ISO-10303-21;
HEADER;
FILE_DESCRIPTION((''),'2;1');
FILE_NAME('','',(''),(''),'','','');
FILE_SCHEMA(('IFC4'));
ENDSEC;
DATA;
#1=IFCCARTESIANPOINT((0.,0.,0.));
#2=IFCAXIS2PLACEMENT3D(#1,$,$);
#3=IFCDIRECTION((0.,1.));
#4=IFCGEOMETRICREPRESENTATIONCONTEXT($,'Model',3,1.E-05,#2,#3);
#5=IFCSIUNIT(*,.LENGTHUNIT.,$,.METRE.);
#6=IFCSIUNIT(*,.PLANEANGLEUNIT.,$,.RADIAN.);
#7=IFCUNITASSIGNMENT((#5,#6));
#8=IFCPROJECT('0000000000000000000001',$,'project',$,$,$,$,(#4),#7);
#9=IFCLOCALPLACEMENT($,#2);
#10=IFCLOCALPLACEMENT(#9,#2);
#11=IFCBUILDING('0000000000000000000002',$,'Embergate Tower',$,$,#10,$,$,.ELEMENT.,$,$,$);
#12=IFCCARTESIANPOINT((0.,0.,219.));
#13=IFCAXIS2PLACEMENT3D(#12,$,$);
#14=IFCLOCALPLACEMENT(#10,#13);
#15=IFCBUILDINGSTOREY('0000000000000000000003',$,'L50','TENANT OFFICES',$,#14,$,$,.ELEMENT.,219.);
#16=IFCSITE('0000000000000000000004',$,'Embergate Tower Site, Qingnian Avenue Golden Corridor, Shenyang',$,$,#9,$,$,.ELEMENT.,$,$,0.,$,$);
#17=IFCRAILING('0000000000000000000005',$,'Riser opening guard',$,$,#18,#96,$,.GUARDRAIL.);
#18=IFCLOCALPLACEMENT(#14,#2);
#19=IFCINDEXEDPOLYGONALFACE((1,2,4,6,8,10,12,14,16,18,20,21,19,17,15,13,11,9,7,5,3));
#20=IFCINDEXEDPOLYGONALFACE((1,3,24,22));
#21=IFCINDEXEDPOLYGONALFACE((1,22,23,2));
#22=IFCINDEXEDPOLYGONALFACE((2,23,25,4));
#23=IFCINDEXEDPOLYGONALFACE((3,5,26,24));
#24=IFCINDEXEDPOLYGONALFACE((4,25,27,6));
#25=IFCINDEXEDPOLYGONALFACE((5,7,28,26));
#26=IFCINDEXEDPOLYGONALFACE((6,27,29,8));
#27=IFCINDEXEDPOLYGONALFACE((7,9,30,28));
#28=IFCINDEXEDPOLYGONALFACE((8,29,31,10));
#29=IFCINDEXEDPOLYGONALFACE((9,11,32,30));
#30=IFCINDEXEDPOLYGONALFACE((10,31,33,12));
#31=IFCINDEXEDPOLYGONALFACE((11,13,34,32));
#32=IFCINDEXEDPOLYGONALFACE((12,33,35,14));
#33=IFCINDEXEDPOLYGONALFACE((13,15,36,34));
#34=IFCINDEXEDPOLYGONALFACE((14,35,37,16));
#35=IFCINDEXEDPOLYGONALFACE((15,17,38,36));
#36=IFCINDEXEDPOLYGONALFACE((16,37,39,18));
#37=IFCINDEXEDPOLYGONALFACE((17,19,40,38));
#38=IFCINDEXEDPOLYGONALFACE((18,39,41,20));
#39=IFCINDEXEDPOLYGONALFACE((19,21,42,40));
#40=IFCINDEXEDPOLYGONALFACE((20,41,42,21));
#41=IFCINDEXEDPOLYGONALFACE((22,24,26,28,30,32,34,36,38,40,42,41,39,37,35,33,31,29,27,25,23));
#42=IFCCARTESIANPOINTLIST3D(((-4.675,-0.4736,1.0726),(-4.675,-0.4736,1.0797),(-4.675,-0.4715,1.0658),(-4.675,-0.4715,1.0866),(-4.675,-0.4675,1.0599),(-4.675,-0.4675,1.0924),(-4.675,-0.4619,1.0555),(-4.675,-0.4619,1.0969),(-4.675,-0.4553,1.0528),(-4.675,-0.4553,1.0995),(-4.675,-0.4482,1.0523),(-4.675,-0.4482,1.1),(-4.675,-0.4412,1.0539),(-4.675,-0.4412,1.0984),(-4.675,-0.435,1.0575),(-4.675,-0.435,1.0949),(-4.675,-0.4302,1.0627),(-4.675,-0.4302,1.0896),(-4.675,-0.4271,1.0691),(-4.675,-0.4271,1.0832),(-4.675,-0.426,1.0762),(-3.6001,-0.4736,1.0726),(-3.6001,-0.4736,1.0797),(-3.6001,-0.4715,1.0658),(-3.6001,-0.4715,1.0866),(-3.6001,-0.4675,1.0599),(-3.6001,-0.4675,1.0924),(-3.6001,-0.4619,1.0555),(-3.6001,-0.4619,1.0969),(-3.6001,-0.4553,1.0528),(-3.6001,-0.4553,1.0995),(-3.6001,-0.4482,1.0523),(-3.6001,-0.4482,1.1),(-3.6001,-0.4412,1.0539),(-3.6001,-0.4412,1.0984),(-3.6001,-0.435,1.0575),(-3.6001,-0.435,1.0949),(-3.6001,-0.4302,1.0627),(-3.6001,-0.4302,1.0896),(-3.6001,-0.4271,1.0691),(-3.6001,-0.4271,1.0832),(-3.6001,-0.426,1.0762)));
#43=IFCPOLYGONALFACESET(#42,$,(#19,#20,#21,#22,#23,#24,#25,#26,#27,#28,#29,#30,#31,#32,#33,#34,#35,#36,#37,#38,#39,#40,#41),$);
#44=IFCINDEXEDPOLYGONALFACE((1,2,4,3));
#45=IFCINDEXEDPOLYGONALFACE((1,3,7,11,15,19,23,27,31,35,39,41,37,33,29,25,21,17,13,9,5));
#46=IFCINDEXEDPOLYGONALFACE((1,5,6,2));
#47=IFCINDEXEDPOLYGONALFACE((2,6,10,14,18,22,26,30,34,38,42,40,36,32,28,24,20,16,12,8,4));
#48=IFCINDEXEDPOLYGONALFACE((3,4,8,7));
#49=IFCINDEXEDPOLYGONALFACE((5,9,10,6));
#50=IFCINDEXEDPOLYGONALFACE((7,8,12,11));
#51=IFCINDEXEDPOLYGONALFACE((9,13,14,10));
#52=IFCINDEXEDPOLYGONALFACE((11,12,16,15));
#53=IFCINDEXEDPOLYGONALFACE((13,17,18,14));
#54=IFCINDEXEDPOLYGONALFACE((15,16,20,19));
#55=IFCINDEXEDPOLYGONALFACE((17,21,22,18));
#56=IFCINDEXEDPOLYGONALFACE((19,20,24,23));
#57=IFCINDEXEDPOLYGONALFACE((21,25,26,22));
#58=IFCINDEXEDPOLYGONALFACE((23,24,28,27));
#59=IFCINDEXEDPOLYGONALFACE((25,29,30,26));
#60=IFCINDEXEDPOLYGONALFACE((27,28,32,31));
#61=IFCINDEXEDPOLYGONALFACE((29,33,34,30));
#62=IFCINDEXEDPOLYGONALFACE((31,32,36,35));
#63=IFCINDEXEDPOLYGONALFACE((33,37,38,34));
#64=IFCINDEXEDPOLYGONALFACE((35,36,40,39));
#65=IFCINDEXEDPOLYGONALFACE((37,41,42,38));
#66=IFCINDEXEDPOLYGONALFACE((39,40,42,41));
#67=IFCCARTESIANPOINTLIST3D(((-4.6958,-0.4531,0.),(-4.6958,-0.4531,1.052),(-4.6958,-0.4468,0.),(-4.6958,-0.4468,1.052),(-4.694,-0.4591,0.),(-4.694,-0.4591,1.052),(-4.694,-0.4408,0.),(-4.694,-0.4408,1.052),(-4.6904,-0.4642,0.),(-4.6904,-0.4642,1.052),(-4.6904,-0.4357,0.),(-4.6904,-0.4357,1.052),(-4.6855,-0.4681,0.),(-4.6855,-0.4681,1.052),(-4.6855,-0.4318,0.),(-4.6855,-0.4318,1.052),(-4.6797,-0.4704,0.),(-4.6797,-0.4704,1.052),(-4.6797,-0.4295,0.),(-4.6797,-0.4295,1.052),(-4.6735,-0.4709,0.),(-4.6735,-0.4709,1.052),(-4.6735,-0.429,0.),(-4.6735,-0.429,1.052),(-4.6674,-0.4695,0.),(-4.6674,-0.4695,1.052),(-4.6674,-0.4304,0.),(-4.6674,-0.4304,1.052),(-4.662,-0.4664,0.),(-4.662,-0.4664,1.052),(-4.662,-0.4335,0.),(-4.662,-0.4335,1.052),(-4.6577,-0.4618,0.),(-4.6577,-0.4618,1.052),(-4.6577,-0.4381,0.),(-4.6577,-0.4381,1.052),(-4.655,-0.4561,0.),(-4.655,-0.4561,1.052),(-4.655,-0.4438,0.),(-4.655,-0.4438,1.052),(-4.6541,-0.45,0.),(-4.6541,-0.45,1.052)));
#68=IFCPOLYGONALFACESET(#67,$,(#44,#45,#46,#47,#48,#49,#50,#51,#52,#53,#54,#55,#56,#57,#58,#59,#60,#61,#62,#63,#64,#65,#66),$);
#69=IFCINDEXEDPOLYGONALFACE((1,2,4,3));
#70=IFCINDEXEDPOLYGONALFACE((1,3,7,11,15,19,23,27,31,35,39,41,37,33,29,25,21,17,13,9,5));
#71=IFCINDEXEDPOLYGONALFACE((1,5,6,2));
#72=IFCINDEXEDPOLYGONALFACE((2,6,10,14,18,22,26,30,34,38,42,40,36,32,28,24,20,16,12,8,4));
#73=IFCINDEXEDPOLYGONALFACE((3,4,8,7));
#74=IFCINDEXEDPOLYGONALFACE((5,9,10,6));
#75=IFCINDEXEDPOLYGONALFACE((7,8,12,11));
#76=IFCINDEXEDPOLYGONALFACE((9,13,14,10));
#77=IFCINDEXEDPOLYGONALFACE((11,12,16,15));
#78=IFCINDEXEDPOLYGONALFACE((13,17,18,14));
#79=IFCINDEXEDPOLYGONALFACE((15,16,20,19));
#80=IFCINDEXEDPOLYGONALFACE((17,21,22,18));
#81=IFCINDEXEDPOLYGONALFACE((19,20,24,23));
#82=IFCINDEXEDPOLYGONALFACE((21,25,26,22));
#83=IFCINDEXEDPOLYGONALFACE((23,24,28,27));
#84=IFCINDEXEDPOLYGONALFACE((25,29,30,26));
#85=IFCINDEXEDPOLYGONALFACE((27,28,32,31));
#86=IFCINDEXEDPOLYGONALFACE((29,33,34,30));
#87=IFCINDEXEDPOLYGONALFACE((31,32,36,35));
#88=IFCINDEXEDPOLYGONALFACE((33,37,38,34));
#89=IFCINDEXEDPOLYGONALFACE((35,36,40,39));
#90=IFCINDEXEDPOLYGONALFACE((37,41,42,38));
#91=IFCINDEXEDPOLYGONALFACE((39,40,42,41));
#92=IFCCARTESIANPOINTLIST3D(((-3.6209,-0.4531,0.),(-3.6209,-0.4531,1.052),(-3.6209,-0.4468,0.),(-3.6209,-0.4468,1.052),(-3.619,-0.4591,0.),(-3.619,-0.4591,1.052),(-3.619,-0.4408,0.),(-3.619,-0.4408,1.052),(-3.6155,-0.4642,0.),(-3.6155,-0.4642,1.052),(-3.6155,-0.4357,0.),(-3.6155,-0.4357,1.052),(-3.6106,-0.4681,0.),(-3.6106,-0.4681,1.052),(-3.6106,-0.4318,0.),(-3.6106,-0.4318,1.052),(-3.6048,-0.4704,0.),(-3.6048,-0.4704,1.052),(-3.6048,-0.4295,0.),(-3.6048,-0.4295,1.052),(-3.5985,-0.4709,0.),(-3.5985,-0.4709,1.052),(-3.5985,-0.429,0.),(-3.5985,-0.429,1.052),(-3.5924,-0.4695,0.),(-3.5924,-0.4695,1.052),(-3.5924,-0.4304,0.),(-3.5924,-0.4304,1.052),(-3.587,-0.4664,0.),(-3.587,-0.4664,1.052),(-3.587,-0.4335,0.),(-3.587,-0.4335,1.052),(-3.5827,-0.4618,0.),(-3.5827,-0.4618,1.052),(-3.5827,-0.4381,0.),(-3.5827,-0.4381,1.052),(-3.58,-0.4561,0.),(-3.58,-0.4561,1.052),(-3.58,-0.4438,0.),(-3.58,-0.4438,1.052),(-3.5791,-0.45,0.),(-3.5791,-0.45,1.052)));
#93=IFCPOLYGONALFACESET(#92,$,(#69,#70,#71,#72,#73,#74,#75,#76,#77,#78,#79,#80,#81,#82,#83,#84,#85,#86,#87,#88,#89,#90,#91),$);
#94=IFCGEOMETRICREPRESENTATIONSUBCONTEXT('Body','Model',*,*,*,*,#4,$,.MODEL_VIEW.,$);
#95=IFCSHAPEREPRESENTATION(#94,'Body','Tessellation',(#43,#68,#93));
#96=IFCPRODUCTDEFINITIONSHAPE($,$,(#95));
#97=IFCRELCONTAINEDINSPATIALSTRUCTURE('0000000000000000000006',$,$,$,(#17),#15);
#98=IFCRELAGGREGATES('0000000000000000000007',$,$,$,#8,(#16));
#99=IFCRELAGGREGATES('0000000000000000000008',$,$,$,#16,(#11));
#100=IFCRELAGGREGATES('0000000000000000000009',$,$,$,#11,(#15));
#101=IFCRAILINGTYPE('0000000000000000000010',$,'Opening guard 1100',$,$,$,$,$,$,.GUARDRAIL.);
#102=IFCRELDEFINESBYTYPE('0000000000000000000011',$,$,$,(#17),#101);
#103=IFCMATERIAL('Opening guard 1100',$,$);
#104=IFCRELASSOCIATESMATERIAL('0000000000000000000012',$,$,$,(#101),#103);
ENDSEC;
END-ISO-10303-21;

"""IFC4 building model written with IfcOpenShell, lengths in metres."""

from ifc_helpers import new_model, si_unit, direction, frame, origin, origin_2d, place, context, subcontext, project, spatial, circle, extrude, source, transform, mapped, material, type_object, element, save


model = new_model("IFC4")

# Units and contexts
model_context = context("Model", 3, precision=1e-05, world=origin(), true_north=direction((0.0, 1.0)))
body_context = subcontext(model_context, "Body", "Model", "MODEL_VIEW")
ifc_project = project(units=[si_unit("LENGTHUNIT", "METRE"), si_unit("PLANEANGLEUNIT", "RADIAN")], contexts=[model_context])

# Site, building, storey
site_placement = place(None, origin())
site = spatial("IfcSite", under=ifc_project, at=site_placement, Name="Embergate Tower Site, Qingnian Avenue Golden Corridor, Shenyang", CompositionType="ELEMENT", RefElevation=0.0)
building_placement = place(site_placement, origin())
building = spatial("IfcBuilding", under=site, at=building_placement, Name="Embergate Tower", CompositionType="ELEMENT")
storey_placement = place(building_placement, frame((0.0, 0.0, 219.0)))
storey = spatial("IfcBuildingStorey", under=building, at=storey_placement, Name="L50", Description="TENANT OFFICES", CompositionType="ELEMENT", Elevation=219.0)

# Railing
ifc_material_1 = material(Name="Opening guard 1100")
railing_type_1 = type_object("IfcRailingType", Name="Opening guard 1100", PredefinedType="GUARDRAIL", material=ifc_material_1)
shared_shape_1 = source(origin(), body_context, "Body", "SweptSolid", [
    extrude(circle(Radius=0.0239, at=origin_2d()), frame((0.0, 0.0, 1.0762), z_axis=(1.0, 0.0, 0.0), x_axis=(0.0, 1.0, 0.0)), (0.0, 0.0, 1.0), 1.075),
    extrude(circle(Radius=0.021, at=origin_2d()), origin(), (0.0, 0.0, 1.0), 1.052),
    extrude(circle(Radius=0.021, at=origin_2d()), frame((1.075, 0.0, 0.0)), (0.0, 0.0, 1.0), 1.052),
])
railing_1_placement = place(storey_placement, frame((-4.675, -0.45, 0.0)))
element("IfcRailing", 1, at=railing_1_placement, inside=storey, type_object=railing_type_1, Name="Riser opening guard", PredefinedType="GUARDRAIL", context=body_context, shape_type="MappedRepresentation", body=[
    mapped(shared_shape_1, transform((0.0, 0.0, 0.0))),
])

save(model, "model.ifc")
